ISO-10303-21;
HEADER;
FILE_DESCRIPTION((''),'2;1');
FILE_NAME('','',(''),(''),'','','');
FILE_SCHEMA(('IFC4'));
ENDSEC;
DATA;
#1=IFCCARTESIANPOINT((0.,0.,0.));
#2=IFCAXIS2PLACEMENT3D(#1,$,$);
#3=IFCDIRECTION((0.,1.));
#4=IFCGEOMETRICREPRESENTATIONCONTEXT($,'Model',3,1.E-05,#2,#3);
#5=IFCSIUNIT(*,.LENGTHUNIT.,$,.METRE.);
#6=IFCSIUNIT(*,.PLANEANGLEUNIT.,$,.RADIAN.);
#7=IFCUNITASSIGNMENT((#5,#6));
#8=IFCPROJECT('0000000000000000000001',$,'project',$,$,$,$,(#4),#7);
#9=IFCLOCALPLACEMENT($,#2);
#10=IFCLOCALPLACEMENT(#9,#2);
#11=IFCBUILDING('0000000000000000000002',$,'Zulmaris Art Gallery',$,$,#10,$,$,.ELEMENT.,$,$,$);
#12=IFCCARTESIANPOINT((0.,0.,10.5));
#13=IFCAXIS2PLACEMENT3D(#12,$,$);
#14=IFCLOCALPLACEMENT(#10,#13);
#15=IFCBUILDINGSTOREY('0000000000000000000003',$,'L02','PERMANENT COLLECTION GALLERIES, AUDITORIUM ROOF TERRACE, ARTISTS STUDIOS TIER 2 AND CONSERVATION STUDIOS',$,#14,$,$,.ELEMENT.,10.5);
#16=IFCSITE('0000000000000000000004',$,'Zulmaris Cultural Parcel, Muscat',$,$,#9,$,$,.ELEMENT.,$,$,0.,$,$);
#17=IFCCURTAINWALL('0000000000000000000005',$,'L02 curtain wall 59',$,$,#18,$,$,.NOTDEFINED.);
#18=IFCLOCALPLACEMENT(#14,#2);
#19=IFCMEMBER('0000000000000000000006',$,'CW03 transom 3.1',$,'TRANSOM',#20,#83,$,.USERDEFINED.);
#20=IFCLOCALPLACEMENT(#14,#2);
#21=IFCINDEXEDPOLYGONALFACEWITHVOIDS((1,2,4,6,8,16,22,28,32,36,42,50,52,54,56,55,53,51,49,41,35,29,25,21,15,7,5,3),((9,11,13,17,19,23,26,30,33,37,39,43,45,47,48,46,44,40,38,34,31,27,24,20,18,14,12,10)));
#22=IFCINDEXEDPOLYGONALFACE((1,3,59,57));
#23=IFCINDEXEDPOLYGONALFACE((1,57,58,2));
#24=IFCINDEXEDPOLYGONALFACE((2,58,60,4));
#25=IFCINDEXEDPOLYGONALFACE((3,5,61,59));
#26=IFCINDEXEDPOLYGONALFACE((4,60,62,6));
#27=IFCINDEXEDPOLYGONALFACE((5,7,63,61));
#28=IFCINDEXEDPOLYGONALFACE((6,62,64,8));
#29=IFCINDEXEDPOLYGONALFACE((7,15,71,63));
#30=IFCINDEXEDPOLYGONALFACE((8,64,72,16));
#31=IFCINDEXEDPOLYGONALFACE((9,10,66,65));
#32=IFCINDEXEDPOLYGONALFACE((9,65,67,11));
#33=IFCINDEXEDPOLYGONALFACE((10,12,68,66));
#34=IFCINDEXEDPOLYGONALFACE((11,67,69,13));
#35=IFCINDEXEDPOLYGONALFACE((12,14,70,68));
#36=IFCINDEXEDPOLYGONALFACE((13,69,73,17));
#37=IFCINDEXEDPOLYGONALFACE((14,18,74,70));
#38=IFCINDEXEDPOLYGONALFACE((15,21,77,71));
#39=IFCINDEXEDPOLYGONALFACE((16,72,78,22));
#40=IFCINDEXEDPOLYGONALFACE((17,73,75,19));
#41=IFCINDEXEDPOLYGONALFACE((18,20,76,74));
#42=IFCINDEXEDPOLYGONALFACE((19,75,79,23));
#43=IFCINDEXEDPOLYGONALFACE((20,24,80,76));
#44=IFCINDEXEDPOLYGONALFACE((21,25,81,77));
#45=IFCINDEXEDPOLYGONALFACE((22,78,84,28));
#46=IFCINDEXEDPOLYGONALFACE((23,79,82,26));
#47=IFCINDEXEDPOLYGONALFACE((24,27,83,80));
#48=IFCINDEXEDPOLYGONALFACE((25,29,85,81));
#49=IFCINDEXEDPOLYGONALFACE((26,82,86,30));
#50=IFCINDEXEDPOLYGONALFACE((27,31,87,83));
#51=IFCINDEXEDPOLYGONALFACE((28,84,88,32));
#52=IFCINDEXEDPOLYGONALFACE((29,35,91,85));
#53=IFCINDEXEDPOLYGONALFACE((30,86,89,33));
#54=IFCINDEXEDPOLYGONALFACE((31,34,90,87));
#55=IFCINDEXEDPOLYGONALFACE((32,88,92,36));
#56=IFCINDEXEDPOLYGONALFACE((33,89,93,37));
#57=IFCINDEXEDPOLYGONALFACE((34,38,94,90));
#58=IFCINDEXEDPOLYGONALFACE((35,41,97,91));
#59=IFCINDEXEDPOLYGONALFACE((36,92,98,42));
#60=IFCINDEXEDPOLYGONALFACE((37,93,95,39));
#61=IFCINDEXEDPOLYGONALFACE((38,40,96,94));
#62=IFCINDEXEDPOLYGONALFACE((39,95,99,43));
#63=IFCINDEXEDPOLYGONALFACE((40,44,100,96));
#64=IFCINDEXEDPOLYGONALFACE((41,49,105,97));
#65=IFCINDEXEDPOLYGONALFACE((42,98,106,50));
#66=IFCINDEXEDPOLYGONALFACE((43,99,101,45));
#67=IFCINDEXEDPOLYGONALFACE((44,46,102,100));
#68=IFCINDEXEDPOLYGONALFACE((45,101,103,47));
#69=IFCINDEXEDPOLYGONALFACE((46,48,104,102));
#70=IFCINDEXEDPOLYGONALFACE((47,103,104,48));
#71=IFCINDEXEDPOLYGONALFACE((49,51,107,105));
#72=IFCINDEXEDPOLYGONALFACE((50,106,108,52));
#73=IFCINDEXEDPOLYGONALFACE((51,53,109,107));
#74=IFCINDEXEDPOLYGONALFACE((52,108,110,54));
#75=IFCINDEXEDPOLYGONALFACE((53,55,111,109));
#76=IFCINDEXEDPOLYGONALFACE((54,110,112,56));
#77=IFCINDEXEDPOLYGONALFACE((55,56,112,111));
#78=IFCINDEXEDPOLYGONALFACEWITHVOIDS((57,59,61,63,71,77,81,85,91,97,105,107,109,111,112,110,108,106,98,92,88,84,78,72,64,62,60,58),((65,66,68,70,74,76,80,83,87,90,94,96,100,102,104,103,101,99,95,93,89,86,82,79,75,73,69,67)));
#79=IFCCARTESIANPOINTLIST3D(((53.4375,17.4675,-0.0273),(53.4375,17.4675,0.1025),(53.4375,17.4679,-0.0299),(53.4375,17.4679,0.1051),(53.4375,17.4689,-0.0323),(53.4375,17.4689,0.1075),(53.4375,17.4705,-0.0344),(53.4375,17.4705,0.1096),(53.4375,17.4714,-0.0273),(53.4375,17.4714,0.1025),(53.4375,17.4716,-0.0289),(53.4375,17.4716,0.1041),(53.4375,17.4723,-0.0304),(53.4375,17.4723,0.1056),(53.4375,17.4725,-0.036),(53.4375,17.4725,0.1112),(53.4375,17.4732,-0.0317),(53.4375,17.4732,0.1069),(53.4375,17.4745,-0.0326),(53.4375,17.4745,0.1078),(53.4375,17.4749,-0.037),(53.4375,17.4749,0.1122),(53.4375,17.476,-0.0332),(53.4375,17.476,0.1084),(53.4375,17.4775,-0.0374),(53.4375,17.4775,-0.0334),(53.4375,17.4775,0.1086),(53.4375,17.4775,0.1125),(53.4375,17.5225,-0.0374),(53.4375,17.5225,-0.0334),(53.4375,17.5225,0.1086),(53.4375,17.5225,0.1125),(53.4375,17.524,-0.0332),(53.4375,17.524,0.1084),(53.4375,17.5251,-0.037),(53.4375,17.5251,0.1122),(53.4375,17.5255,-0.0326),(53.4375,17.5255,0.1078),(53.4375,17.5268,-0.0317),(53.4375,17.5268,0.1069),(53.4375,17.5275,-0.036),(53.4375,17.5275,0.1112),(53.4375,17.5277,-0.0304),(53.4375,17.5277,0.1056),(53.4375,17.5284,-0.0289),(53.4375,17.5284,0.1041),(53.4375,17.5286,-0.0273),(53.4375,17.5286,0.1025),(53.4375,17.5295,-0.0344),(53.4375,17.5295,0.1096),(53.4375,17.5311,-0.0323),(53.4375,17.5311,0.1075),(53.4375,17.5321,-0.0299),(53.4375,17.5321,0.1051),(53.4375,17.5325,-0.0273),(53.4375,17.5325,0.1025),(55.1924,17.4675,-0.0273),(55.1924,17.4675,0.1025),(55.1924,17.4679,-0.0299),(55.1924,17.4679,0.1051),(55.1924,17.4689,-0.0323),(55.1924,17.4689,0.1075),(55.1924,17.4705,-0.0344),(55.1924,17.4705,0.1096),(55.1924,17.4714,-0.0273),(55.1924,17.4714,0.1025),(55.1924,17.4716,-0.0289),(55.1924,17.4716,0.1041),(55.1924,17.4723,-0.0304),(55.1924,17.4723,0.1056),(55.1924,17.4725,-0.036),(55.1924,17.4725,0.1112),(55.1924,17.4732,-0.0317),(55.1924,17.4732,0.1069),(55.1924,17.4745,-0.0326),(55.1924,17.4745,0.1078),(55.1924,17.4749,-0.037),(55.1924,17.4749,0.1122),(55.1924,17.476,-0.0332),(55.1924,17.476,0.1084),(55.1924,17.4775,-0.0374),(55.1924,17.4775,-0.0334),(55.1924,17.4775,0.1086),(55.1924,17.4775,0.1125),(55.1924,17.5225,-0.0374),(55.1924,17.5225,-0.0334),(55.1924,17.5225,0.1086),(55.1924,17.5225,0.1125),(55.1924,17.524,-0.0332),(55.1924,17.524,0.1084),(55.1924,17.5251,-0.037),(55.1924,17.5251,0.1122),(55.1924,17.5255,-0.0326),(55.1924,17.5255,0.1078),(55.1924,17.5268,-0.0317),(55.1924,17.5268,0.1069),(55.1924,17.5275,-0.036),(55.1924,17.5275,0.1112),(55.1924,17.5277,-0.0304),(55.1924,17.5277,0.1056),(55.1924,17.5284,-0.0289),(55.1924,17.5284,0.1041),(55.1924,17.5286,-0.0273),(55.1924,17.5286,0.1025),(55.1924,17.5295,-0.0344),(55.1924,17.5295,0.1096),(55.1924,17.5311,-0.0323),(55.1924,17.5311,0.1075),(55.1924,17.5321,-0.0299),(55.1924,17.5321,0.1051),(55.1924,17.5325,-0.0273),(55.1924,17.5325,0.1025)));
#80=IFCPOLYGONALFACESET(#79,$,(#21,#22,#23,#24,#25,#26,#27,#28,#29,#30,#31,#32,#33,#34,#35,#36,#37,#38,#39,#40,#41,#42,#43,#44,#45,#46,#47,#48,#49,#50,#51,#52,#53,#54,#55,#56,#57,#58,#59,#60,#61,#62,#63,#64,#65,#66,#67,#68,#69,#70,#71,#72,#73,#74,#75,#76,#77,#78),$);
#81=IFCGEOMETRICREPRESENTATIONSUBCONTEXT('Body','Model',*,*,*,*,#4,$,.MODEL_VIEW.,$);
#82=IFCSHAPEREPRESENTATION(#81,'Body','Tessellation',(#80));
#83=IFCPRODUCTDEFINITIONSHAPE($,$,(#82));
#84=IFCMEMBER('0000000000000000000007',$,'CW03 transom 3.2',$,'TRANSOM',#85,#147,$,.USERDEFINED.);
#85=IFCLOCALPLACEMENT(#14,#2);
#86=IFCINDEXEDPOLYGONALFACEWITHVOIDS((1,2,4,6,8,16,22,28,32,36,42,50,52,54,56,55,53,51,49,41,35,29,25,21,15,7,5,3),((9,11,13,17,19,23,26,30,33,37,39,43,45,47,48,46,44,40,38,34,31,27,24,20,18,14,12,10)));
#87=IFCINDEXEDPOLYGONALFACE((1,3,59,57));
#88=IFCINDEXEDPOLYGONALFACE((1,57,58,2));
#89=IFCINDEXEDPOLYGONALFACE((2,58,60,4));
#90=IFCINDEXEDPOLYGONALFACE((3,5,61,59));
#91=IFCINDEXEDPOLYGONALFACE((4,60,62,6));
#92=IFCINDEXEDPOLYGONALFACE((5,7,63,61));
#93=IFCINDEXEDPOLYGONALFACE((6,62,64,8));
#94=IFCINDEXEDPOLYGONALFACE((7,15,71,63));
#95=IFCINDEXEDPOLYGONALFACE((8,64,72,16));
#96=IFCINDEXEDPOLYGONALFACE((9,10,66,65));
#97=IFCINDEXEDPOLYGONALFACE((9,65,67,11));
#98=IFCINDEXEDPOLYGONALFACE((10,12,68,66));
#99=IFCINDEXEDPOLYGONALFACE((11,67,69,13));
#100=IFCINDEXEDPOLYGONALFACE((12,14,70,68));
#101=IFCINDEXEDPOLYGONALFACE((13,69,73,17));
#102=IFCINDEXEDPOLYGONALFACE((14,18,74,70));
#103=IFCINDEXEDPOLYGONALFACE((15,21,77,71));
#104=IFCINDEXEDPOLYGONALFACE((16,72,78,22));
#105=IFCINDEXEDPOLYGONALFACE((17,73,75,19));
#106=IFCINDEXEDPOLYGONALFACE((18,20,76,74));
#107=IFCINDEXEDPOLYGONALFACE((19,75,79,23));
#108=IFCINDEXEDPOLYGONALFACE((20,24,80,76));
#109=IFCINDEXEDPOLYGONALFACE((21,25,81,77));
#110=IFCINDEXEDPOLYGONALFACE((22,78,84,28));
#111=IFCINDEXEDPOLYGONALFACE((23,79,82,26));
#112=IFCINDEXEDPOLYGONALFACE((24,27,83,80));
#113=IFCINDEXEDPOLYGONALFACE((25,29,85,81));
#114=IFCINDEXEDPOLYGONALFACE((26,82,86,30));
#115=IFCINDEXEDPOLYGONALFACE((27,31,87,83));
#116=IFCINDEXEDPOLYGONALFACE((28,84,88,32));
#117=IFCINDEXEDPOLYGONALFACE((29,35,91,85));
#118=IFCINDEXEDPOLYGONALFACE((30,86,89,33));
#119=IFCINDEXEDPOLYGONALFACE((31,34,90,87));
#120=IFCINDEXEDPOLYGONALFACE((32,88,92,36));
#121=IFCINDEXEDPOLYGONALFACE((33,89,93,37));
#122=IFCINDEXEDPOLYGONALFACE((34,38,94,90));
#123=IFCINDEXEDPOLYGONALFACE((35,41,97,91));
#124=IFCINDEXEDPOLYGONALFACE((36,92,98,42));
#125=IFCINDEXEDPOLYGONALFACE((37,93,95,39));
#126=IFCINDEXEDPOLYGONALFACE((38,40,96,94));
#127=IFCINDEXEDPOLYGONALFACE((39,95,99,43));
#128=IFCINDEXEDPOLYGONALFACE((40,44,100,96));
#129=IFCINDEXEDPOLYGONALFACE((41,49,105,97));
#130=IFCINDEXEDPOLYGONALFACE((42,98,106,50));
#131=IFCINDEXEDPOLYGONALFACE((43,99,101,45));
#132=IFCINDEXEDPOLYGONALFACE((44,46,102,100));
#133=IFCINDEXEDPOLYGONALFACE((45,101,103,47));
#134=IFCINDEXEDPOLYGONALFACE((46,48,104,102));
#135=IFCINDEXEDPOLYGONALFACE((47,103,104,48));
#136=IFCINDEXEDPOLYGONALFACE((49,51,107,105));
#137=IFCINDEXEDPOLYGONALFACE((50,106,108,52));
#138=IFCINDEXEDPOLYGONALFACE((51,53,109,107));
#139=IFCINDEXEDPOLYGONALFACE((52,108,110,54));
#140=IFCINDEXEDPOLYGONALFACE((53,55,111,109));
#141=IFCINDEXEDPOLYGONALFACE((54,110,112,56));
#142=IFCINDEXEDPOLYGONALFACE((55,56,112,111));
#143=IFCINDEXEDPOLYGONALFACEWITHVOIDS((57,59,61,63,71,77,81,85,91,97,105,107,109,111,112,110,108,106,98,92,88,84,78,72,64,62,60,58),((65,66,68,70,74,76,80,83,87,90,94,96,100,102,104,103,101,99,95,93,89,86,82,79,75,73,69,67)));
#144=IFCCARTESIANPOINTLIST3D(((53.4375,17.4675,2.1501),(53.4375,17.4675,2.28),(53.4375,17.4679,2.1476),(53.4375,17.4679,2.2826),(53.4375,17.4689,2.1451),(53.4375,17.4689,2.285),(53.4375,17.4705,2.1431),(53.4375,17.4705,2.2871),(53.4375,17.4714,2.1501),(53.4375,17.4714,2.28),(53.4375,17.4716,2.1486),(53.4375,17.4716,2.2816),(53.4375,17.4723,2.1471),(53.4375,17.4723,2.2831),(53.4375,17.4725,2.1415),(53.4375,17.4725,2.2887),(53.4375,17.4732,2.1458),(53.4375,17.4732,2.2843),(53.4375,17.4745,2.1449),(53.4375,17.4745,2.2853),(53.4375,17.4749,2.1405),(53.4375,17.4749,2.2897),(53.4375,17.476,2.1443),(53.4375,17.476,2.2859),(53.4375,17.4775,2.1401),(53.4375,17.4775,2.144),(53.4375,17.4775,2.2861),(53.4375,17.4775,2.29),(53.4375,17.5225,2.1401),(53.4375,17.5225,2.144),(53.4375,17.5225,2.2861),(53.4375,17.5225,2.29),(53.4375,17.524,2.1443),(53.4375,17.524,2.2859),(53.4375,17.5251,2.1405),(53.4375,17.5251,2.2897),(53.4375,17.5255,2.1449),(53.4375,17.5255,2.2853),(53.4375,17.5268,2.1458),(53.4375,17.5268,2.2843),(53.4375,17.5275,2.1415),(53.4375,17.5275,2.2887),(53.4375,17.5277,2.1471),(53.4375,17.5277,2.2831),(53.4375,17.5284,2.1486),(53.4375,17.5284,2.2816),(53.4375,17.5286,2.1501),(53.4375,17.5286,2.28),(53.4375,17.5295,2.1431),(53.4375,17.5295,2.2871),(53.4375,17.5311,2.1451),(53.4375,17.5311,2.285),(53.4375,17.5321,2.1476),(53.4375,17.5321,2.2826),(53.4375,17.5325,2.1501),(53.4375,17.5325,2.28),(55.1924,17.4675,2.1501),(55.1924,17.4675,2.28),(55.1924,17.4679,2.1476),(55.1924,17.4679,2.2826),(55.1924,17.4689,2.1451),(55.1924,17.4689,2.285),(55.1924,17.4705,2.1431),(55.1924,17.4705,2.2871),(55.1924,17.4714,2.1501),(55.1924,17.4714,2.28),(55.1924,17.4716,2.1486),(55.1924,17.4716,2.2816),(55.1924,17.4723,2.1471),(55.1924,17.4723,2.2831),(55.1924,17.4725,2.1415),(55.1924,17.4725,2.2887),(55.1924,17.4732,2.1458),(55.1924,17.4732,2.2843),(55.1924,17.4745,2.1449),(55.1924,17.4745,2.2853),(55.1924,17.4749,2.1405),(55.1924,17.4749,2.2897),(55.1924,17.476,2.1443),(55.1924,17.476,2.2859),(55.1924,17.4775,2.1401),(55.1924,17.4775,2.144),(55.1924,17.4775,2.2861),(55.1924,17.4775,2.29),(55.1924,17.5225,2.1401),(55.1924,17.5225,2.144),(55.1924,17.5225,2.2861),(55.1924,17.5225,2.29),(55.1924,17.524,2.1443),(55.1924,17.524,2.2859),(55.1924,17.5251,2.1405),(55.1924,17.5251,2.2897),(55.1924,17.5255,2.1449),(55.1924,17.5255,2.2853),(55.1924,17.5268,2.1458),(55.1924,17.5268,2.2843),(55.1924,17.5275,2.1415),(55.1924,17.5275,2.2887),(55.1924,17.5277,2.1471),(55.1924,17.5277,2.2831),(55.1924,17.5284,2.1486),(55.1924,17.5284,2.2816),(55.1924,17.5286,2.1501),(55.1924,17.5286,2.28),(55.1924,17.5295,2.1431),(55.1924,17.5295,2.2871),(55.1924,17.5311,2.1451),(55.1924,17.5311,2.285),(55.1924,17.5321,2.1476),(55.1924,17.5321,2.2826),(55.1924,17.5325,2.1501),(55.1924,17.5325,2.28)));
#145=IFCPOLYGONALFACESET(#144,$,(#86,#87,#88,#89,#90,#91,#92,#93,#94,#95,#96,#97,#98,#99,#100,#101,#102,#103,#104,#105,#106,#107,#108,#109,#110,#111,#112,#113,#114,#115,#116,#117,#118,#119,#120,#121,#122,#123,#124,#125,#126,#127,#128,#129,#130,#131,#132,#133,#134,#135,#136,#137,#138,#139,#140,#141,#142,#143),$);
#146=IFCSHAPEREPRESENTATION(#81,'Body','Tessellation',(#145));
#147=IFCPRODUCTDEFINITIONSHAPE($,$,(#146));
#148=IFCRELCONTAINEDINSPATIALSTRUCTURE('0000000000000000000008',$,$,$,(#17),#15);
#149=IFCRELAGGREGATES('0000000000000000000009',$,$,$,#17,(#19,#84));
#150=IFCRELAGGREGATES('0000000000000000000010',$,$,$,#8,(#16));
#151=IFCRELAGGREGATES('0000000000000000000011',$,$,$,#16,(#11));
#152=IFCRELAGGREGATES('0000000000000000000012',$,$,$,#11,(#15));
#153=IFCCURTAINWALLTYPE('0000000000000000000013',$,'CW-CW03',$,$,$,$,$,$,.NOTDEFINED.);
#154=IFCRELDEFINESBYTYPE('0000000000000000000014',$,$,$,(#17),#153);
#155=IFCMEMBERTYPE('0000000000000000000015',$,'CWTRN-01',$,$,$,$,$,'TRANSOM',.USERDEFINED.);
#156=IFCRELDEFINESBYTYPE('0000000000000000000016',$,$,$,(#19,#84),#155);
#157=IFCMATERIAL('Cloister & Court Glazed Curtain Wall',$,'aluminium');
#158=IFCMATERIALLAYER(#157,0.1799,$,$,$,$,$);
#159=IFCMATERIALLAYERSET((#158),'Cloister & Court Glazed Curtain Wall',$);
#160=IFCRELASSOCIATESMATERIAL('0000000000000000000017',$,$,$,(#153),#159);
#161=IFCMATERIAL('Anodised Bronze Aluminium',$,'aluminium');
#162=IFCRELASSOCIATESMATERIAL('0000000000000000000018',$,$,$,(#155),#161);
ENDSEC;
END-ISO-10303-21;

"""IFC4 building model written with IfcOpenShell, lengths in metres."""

from ifc_helpers import new_model, si_unit, direction, frame, origin, origin_2d, place, context, subcontext, project, spatial, hollow_rectangle, extrude, material, layer, layer_set, material_profile, profile_set, type_object, element, aggregate, save


model = new_model("IFC4")

# Units and contexts
model_context = context("Model", 3, precision=1e-05, world=origin(), true_north=direction((0.0, 1.0)))
body_context = subcontext(model_context, "Body", "Model", "MODEL_VIEW")
ifc_project = project(units=[si_unit("LENGTHUNIT", "METRE"), si_unit("PLANEANGLEUNIT", "RADIAN")], contexts=[model_context])

# Site, building, storey
site_placement = place(None, origin())
site = spatial("IfcSite", under=ifc_project, at=site_placement, Name="Zulmaris Cultural Parcel, Muscat", CompositionType="ELEMENT", RefElevation=0.0)
building_placement = place(site_placement, origin())
building = spatial("IfcBuilding", under=site, at=building_placement, Name="Zulmaris Art Gallery", CompositionType="ELEMENT")
storey_placement = place(building_placement, frame((0.0, 0.0, 10.5)))
storey = spatial("IfcBuildingStorey", under=building, at=storey_placement, Name="L02", Description="PERMANENT COLLECTION GALLERIES, AUDITORIUM ROOF TERRACE, ARTISTS STUDIOS TIER 2 AND CONSERVATION STUDIOS", CompositionType="ELEMENT", Elevation=10.5)

# Curtain wall, members
ifc_material_1 = material(Name="Cloister & Court Glazed Curtain Wall", Category="aluminium")
ifc_layer_1 = layer(ifc_material_1, 0.1799)
ifc_layer_set_1 = layer_set([ifc_layer_1], Name="Cloister & Court Glazed Curtain Wall")
curtain_wall_type = type_object("IfcCurtainWallType", Name="CW-CW03", PredefinedType="NOTDEFINED", material=ifc_layer_set_1)
curtain_wall_placement = place(storey_placement, origin())
curtain_wall = element("IfcCurtainWall", 1, at=curtain_wall_placement, inside=storey, type_object=curtain_wall_type, Name="L02 curtain wall 59", PredefinedType="NOTDEFINED")
ifc_material_2 = material(Name="Anodised Bronze Aluminium", Category="aluminium")
ifc_material_profile_1 = material_profile(ifc_material_2, hollow_rectangle(XDim=0.0649, YDim=0.1499, WallThickness=0.0039, InnerFilletRadius=0.0061, OuterFilletRadius=0.01, at=origin_2d()), Name="ALU 65x150x4")
ifc_profile_set_1 = profile_set([ifc_material_profile_1], Name="Anodised Bronze Aluminium")
member_type_1 = type_object("IfcMemberType", Name="CWTRN-01", ElementType="TRANSOM", PredefinedType="USERDEFINED", material=ifc_profile_set_1)
member_1_placement = place(storey_placement, frame((53.4375, 17.5, 0.0376), z_axis=(1.0, 0.0, 0.0), x_axis=(0.0, 1.0, 0.0)))
member_1 = element("IfcMember", 2, at=member_1_placement, type_object=member_type_1, Name="CW03 transom 3.1", ObjectType="TRANSOM", PredefinedType="USERDEFINED", context=body_context, shape_type="SweptSolid", body=[
    extrude(hollow_rectangle(XDim=0.0649, YDim=0.1499, WallThickness=0.0039, InnerFilletRadius=0.0061, OuterFilletRadius=0.01, at=origin_2d()), origin(), (0.0, 0.0, 1.0), 1.7549),
])
member_2_placement = place(storey_placement, frame((53.4375, 17.5, 2.2151), z_axis=(1.0, 0.0, 0.0), x_axis=(0.0, 1.0, 0.0)))
member_2 = element("IfcMember", 3, at=member_2_placement, type_object=member_type_1, Name="CW03 transom 3.2", ObjectType="TRANSOM", PredefinedType="USERDEFINED", context=body_context, shape_type="SweptSolid", body=[
    extrude(hollow_rectangle(XDim=0.0649, YDim=0.1499, WallThickness=0.0039, InnerFilletRadius=0.0061, OuterFilletRadius=0.01, at=origin_2d()), origin(), (0.0, 0.0, 1.0), 1.7549),
])
aggregate(curtain_wall, [member_1, member_2])

save(model, "model.ifc")
